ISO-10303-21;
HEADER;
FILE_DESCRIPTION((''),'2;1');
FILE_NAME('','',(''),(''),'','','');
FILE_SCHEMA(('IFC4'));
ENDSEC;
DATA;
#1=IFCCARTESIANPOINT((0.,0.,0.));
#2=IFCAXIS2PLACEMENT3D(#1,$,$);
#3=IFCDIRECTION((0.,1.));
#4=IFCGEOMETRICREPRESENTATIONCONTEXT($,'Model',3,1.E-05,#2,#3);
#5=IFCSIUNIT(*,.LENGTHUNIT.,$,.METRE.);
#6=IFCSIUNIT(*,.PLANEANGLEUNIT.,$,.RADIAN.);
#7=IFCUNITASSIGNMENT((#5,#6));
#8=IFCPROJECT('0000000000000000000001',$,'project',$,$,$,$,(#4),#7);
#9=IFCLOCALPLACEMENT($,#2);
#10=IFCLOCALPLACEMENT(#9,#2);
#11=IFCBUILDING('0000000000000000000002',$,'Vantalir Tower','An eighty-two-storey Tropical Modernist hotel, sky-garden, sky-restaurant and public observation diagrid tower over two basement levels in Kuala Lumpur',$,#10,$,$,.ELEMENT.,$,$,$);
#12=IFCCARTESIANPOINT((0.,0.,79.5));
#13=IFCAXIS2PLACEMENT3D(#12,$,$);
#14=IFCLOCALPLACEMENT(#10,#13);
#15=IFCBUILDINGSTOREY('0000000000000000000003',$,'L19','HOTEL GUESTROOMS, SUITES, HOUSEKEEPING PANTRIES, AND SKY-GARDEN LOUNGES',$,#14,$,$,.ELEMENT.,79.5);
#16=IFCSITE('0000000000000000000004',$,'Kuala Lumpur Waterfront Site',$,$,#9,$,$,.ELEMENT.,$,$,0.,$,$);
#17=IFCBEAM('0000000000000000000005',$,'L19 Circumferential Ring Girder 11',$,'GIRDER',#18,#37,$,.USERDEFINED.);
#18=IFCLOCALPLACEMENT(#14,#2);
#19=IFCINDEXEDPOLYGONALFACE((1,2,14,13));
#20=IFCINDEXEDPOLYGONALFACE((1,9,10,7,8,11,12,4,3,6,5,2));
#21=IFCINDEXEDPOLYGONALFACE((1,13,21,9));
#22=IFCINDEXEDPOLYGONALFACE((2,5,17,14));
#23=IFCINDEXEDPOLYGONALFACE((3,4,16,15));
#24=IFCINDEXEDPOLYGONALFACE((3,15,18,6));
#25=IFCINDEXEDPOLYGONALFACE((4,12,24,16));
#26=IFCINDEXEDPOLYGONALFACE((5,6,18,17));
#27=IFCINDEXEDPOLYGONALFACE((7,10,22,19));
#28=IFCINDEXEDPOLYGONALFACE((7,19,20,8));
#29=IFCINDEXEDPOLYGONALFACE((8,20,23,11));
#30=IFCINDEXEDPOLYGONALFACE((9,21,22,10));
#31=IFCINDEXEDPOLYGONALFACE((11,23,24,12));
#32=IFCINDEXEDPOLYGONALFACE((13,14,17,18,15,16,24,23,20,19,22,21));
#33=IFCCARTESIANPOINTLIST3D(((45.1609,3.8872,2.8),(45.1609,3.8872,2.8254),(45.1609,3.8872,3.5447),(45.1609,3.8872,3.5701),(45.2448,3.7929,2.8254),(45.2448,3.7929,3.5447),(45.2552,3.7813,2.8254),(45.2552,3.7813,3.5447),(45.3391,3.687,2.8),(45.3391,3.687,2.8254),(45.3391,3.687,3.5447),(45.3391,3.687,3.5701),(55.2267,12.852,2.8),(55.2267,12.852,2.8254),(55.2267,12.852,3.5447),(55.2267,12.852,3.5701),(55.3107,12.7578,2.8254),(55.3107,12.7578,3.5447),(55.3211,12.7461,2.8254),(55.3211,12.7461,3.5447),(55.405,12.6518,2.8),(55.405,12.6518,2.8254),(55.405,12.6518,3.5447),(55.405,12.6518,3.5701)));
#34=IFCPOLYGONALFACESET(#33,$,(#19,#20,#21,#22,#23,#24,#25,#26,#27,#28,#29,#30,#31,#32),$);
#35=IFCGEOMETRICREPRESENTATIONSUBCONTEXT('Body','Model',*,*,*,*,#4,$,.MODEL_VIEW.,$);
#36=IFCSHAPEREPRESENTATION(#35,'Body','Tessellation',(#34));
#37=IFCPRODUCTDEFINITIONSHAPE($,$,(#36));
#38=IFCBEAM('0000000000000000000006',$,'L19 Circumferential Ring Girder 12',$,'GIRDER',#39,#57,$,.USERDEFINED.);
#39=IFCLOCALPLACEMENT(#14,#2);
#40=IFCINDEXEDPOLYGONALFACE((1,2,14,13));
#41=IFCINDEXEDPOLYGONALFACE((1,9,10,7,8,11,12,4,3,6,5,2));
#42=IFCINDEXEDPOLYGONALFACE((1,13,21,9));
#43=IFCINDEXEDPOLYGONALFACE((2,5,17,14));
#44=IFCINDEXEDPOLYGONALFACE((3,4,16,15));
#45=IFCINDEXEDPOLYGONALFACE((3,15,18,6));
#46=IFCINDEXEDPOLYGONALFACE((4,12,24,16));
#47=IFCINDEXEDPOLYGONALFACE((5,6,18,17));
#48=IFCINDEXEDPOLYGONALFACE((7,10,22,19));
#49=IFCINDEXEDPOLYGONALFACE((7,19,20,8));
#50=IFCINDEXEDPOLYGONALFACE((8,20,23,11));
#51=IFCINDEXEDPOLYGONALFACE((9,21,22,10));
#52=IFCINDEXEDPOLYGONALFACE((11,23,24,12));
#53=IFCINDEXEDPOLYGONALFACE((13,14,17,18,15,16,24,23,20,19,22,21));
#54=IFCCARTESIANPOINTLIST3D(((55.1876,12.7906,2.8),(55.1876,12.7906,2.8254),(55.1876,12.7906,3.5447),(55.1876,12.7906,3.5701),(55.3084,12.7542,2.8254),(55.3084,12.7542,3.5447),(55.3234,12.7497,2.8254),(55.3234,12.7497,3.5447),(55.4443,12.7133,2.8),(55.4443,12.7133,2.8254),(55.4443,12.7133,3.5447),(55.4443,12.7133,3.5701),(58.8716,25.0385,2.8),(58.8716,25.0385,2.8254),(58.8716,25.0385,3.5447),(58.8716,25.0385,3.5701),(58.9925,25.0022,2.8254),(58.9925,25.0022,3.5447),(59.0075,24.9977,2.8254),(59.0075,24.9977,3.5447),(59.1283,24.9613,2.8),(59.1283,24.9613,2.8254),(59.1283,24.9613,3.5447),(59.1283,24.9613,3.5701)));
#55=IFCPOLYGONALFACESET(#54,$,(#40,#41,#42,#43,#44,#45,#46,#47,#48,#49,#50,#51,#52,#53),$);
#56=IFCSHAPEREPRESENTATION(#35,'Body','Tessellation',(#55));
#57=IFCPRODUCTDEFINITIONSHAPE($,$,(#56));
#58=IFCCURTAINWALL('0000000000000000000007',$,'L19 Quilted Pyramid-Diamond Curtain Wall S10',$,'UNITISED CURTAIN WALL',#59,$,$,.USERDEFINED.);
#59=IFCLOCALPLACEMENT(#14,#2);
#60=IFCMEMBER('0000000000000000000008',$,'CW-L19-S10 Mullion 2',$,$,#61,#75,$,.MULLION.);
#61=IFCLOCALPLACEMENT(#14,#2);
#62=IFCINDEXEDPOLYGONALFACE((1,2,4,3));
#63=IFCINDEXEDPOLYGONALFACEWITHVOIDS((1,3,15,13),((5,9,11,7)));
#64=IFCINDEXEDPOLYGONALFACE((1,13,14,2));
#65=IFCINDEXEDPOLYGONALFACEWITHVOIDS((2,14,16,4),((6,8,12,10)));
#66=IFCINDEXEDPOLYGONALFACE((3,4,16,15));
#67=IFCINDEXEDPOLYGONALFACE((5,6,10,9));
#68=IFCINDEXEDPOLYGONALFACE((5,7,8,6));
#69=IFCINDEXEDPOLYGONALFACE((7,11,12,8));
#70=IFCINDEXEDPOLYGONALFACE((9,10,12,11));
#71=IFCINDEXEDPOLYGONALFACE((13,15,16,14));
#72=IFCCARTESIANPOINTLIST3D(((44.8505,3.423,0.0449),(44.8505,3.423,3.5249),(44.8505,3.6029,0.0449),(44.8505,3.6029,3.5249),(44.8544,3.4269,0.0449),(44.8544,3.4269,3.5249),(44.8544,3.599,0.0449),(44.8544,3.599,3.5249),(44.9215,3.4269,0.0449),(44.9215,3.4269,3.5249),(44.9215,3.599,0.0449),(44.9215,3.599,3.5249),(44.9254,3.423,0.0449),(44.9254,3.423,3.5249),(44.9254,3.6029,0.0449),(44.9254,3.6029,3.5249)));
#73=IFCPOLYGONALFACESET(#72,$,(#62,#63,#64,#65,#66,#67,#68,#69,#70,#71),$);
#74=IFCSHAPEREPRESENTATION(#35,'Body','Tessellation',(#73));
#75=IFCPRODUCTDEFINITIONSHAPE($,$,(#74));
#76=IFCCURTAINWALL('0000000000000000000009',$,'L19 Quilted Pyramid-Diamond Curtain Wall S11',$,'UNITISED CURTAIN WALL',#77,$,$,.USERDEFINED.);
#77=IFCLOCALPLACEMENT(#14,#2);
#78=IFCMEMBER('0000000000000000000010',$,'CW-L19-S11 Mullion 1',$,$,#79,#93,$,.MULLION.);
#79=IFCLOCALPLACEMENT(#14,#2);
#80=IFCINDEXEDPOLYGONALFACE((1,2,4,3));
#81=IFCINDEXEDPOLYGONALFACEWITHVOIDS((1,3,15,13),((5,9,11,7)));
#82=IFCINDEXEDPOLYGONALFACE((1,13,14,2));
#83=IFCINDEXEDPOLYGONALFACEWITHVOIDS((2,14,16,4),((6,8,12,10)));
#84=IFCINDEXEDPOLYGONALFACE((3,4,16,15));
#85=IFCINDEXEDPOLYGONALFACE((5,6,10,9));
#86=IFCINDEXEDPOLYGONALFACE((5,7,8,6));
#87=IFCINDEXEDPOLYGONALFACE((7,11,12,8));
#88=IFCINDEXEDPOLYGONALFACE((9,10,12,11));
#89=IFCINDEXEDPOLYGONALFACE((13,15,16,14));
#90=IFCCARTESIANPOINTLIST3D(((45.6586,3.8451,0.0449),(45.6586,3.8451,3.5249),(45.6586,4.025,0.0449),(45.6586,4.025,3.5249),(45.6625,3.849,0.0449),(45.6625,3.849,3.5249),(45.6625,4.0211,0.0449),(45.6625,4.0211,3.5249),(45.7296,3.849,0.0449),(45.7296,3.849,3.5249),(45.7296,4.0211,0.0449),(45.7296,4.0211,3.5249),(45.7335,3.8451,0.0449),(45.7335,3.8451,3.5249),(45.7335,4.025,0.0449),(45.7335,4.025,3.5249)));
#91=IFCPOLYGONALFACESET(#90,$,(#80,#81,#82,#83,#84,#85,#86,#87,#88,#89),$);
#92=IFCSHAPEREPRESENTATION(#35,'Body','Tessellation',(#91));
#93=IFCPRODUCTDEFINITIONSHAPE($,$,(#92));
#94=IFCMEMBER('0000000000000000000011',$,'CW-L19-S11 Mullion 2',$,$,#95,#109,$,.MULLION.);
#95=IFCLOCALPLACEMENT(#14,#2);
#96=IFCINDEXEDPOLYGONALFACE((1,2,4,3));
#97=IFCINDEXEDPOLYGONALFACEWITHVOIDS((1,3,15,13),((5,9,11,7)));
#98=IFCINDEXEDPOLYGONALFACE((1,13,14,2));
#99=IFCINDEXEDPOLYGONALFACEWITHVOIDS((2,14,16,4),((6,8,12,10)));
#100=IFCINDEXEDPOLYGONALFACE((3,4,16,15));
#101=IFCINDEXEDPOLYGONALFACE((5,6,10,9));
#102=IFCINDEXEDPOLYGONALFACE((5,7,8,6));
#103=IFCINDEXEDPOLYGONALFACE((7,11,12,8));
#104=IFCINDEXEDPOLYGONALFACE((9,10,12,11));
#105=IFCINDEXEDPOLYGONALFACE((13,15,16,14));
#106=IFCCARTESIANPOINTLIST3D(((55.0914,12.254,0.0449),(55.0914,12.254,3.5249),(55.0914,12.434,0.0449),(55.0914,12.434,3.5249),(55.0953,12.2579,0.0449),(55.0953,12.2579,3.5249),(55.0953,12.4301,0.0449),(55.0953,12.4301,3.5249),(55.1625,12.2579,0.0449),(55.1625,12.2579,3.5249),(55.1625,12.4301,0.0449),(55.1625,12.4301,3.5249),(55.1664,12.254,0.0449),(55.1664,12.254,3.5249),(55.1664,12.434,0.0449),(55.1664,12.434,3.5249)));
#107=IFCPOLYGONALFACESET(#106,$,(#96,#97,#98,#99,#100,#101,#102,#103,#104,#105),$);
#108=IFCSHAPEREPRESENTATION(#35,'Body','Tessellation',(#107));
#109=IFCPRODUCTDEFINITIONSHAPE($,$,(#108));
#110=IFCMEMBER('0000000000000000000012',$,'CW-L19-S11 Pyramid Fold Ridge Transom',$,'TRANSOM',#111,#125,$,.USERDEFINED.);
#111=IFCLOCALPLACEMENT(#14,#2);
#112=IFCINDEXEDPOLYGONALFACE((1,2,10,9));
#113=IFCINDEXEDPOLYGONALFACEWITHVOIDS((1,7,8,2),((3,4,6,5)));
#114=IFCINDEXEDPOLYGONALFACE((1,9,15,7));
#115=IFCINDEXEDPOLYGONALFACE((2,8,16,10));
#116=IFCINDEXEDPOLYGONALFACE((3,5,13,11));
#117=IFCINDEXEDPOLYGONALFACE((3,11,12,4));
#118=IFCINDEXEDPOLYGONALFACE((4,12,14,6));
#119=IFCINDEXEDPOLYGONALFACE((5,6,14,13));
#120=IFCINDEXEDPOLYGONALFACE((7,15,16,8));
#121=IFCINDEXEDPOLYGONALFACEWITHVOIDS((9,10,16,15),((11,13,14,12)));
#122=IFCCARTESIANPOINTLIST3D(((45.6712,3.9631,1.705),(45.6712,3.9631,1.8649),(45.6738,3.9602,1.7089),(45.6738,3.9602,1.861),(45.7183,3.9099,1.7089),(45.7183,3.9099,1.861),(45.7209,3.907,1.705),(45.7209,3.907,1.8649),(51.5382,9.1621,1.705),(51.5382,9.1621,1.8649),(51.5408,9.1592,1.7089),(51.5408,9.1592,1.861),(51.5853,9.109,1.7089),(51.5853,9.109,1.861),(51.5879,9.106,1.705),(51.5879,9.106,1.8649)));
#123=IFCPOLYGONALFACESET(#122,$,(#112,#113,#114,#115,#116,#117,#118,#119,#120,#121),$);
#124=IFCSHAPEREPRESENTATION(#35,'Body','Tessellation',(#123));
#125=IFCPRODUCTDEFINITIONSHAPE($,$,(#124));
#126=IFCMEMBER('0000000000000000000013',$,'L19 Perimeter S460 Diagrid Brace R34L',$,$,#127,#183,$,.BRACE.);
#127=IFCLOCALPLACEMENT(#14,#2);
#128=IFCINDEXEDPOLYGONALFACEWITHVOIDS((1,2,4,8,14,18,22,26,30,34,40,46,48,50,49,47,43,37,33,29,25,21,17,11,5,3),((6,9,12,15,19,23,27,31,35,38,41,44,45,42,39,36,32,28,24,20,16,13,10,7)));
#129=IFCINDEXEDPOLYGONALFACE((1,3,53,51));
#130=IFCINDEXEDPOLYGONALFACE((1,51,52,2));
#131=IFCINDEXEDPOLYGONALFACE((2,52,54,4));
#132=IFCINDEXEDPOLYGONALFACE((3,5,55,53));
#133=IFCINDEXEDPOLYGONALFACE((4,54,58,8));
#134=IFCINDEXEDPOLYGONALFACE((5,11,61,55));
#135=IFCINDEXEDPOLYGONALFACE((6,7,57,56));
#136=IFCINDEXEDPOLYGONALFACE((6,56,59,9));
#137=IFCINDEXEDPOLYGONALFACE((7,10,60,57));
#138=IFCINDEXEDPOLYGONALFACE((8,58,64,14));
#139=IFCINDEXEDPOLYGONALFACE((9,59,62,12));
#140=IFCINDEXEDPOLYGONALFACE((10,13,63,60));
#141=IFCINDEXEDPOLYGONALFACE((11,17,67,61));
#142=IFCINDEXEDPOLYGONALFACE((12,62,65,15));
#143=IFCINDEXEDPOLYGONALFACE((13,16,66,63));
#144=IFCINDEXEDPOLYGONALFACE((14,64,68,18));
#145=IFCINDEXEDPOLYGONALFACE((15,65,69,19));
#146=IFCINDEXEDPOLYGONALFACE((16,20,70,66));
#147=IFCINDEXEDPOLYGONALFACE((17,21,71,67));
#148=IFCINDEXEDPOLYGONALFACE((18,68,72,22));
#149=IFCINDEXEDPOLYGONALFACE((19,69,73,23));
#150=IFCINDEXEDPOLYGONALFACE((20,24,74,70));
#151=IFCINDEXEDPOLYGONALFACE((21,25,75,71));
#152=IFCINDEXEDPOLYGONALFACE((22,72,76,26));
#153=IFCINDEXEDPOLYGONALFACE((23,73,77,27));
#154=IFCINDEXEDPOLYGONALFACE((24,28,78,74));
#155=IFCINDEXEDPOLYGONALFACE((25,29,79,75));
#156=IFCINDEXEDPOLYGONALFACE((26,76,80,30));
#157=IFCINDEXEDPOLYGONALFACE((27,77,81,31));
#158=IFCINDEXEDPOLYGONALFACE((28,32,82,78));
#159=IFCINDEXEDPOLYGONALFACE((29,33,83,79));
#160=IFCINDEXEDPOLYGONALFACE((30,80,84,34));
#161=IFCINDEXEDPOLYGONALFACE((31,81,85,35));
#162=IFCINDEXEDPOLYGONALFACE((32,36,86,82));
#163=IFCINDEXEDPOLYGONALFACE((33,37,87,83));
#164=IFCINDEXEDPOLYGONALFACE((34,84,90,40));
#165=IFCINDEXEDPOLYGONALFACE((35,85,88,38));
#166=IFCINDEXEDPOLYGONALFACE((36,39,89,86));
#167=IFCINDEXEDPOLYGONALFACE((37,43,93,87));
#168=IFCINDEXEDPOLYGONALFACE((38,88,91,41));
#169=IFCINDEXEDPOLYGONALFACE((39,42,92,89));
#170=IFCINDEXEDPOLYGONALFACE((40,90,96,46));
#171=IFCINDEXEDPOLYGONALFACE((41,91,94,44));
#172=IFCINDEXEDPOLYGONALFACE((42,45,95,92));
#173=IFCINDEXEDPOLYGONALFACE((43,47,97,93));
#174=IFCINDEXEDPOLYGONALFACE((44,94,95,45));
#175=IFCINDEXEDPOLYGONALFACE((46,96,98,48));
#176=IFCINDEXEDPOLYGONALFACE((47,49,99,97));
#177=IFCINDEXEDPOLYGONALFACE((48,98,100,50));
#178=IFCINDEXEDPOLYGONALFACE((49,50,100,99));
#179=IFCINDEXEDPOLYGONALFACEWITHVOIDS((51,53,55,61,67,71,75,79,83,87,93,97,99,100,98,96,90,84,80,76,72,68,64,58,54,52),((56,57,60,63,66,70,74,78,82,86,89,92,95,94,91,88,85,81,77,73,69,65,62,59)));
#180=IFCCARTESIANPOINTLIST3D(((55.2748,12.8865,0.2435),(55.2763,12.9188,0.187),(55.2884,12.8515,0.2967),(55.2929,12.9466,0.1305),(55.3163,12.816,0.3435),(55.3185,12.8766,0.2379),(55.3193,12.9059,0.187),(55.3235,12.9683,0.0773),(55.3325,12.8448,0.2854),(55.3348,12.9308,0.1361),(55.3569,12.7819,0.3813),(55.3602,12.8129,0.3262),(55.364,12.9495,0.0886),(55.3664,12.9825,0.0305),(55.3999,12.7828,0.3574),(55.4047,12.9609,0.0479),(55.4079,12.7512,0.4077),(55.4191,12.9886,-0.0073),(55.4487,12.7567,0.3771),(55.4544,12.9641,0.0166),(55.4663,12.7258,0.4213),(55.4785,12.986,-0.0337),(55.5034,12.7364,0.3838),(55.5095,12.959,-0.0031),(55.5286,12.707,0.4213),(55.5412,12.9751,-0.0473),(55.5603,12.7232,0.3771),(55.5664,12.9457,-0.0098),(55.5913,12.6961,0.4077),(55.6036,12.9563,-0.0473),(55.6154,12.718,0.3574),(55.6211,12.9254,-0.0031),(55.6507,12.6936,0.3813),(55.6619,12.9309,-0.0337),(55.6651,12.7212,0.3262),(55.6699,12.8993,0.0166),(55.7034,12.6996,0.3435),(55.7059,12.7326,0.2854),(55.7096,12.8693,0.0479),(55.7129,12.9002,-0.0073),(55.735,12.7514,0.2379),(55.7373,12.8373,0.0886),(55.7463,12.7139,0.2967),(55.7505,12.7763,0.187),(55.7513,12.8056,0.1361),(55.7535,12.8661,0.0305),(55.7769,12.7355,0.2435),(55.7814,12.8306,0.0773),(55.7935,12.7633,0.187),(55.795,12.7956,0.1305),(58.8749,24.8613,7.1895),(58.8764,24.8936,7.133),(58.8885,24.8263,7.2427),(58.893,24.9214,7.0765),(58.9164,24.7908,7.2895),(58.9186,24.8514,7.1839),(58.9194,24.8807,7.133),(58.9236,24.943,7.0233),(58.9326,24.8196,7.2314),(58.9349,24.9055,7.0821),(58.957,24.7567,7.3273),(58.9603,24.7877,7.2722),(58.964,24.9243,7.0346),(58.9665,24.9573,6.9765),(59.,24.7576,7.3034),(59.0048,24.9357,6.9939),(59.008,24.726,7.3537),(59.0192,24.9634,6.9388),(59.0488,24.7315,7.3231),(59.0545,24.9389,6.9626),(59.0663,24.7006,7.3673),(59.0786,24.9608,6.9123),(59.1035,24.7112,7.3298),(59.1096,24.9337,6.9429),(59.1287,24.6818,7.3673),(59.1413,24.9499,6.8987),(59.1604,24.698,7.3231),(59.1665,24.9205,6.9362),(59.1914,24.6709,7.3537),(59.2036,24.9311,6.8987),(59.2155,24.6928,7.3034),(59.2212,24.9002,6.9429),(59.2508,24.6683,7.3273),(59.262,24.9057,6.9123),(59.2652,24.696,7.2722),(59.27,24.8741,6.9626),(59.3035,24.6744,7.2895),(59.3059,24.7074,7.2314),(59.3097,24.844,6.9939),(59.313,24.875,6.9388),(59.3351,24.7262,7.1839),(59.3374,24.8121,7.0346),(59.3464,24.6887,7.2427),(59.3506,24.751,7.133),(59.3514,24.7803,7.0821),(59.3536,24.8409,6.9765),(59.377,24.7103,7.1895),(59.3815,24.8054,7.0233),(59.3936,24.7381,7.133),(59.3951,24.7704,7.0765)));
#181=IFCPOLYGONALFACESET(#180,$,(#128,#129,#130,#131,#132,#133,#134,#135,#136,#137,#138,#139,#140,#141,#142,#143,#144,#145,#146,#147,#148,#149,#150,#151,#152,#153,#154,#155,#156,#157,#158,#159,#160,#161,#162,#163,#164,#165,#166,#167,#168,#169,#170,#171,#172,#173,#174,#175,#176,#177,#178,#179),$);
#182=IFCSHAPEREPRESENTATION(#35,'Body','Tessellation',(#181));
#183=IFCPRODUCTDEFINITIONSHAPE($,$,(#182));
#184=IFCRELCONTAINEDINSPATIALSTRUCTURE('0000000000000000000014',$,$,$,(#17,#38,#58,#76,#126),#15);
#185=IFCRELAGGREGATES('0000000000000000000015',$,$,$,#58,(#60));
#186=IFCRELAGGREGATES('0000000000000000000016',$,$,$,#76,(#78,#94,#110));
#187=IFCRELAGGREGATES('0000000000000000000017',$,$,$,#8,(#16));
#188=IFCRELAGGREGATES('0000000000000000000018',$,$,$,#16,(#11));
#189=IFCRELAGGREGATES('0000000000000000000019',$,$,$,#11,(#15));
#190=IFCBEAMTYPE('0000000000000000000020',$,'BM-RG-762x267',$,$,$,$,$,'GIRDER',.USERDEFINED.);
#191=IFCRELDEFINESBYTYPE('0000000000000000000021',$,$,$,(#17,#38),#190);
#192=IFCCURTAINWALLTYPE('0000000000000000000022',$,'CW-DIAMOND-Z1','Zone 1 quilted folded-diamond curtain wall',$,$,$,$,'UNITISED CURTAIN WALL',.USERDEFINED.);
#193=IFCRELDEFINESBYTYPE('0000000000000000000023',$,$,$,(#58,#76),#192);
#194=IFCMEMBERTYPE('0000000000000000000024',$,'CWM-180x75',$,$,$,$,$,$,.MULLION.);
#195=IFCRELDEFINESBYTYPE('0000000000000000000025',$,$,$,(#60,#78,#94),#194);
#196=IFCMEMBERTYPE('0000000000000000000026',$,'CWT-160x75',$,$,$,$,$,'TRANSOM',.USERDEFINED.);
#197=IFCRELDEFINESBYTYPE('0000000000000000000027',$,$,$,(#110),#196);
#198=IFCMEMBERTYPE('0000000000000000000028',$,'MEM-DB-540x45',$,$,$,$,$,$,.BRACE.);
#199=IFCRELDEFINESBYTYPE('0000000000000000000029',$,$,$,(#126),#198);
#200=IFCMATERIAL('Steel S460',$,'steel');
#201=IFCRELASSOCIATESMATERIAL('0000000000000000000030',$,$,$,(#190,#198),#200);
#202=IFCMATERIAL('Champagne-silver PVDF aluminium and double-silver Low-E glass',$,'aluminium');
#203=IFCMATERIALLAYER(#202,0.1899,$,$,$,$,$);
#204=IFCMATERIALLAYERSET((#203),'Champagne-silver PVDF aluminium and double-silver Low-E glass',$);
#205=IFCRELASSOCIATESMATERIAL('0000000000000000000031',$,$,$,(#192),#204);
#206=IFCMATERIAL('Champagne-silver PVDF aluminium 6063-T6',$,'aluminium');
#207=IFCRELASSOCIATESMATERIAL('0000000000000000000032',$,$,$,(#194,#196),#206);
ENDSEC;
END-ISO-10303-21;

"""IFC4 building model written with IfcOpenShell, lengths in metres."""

from ifc_helpers import new_model, si_unit, direction, frame, origin, origin_2d, place, context, subcontext, project, spatial, hollow_rectangle, hollow_circle, i_section, extrude, material, layer, layer_set, material_profile, profile_set, type_object, element, aggregate, save


model = new_model("IFC4")

# Units and contexts
model_context = context("Model", 3, precision=1e-05, world=origin(), true_north=direction((0.0, 1.0)))
body_context = subcontext(model_context, "Body", "Model", "MODEL_VIEW")
ifc_project = project(units=[si_unit("LENGTHUNIT", "METRE"), si_unit("PLANEANGLEUNIT", "RADIAN")], contexts=[model_context])

# Site, building, storey
site_placement = place(None, origin())
site = spatial("IfcSite", under=ifc_project, at=site_placement, Name="Kuala Lumpur Waterfront Site", CompositionType="ELEMENT", RefElevation=0.0)
building_placement = place(site_placement, origin())
building = spatial("IfcBuilding", under=site, at=building_placement, Name="Vantalir Tower", Description="An eighty-two-storey Tropical Modernist hotel, sky-garden, sky-restaurant and public observation diagrid tower over two basement levels in Kuala Lumpur", CompositionType="ELEMENT")
storey_placement = place(building_placement, frame((0.0, 0.0, 79.5)))
storey = spatial("IfcBuildingStorey", under=building, at=storey_placement, Name="L19", Description="HOTEL GUESTROOMS, SUITES, HOUSEKEEPING PANTRIES, AND SKY-GARDEN LOUNGES", CompositionType="ELEMENT", Elevation=79.5)

# Shared definitions
ifc_material_1 = material(Name="Steel S460", Category="steel")

# Beams
ifc_material_profile_1 = material_profile(ifc_material_1, i_section(OverallWidth=0.2681, OverallDepth=0.77, WebThickness=0.0156, FlangeThickness=0.0254, at=origin_2d()), Name="Steel S460")
ifc_profile_set_1 = profile_set([ifc_material_profile_1], Name="Steel S460")
beam_type_1 = type_object("IfcBeamType", Name="BM-RG-762x267", ElementType="GIRDER", PredefinedType="USERDEFINED", material=ifc_profile_set_1)
beam_1_placement = place(storey_placement, frame((45.25, 3.7871, 3.1851), z_axis=(0.746769, 0.665083, 0.0), x_axis=(-0.665083, 0.746769, 0.0)))
element("IfcBeam", 1, at=beam_1_placement, inside=storey, type_object=beam_type_1, Name="L19 Circumferential Ring Girder 11", ObjectType="GIRDER", PredefinedType="USERDEFINED", context=body_context, shape_type="SweptSolid", body=[
    extrude(i_section(OverallWidth=0.2681, OverallDepth=0.77, WebThickness=0.0156, FlangeThickness=0.0254, at=origin_2d()), origin(), (0.0, 0.0, 1.0), 13.4792),
])
beam_2_placement = place(storey_placement, frame((55.3159, 12.752, 3.1851), z_axis=(0.288041, 0.957618, 0.0), x_axis=(-0.957618, 0.288041, 0.0)))
element("IfcBeam", 2, at=beam_2_placement, inside=storey, type_object=beam_type_1, Name="L19 Circumferential Ring Girder 12", ObjectType="GIRDER", PredefinedType="USERDEFINED", context=body_context, shape_type="SweptSolid", body=[
    extrude(i_section(OverallWidth=0.2681, OverallDepth=0.77, WebThickness=0.0156, FlangeThickness=0.0254, at=origin_2d()), origin(), (0.0, 0.0, 1.0), 12.79),
])

# Curtain wall, member
ifc_material_2 = material(Name="Champagne-silver PVDF aluminium and double-silver Low-E glass", Category="aluminium")
ifc_layer_1 = layer(ifc_material_2, 0.1899)
ifc_layer_set_1 = layer_set([ifc_layer_1], Name="Champagne-silver PVDF aluminium and double-silver Low-E glass")
curtain_wall_type = type_object("IfcCurtainWallType", Name="CW-DIAMOND-Z1", Description="Zone 1 quilted folded-diamond curtain wall", ElementType="UNITISED CURTAIN WALL", PredefinedType="USERDEFINED", material=ifc_layer_set_1)
curtain_wall_1_placement = place(storey_placement, origin())
curtain_wall_1 = element("IfcCurtainWall", 3, at=curtain_wall_1_placement, inside=storey, type_object=curtain_wall_type, Name="L19 Quilted Pyramid-Diamond Curtain Wall S10", ObjectType="UNITISED CURTAIN WALL", PredefinedType="USERDEFINED")
ifc_material_3 = material(Name="Champagne-silver PVDF aluminium 6063-T6", Category="aluminium")
ifc_material_profile_2 = material_profile(ifc_material_3, hollow_rectangle(XDim=0.075, YDim=0.1799, WallThickness=0.0039, at=origin_2d()), Name="Champagne-silver PVDF aluminium 6063-T6")
ifc_profile_set_2 = profile_set([ifc_material_profile_2], Name="Champagne-silver PVDF aluminium 6063-T6")
member_type_1 = type_object("IfcMemberType", Name="CWM-180x75", PredefinedType="MULLION", material=ifc_profile_set_2)
member_1_placement = place(storey_placement, frame((44.8879, 3.5129, 0.0449), z_axis=(0.0, 0.0, 1.0), x_axis=(1.0, 0.0, 0.0)))
member_1 = element("IfcMember", 4, at=member_1_placement, type_object=member_type_1, Name="CW-L19-S10 Mullion 2", PredefinedType="MULLION", context=body_context, shape_type="SweptSolid", body=[
    extrude(hollow_rectangle(XDim=0.075, YDim=0.1799, WallThickness=0.0039, at=origin_2d()), origin(), (0.0, 0.0, 1.0), 3.48),
])
aggregate(curtain_wall_1, [member_1])

# Curtain wall, members
curtain_wall_2_placement = place(storey_placement, origin())
curtain_wall_2 = element("IfcCurtainWall", 5, at=curtain_wall_2_placement, inside=storey, type_object=curtain_wall_type, Name="L19 Quilted Pyramid-Diamond Curtain Wall S11", ObjectType="UNITISED CURTAIN WALL", PredefinedType="USERDEFINED")
member_2_placement = place(storey_placement, frame((45.696, 3.9351, 0.0449), z_axis=(0.0, 0.0, 1.0), x_axis=(1.0, 0.0, 0.0)))
member_2 = element("IfcMember", 6, at=member_2_placement, type_object=member_type_1, Name="CW-L19-S11 Mullion 1", PredefinedType="MULLION", context=body_context, shape_type="SweptSolid", body=[
    extrude(hollow_rectangle(XDim=0.075, YDim=0.1799, WallThickness=0.0039, at=origin_2d()), origin(), (0.0, 0.0, 1.0), 3.48),
])
member_3_placement = place(storey_placement, frame((55.1289, 12.344, 0.0449), z_axis=(0.0, 0.0, 1.0), x_axis=(1.0, 0.0, 0.0)))
member_3 = element("IfcMember", 7, at=member_3_placement, type_object=member_type_1, Name="CW-L19-S11 Mullion 2", PredefinedType="MULLION", context=body_context, shape_type="SweptSolid", body=[
    extrude(hollow_rectangle(XDim=0.075, YDim=0.1799, WallThickness=0.0039, at=origin_2d()), origin(), (0.0, 0.0, 1.0), 3.48),
])
ifc_material_profile_3 = material_profile(ifc_material_3, hollow_rectangle(XDim=0.075, YDim=0.1599, WallThickness=0.0039, at=origin_2d()), Name="Champagne-silver PVDF aluminium 6063-T6")
ifc_profile_set_3 = profile_set([ifc_material_profile_3], Name="Champagne-silver PVDF aluminium 6063-T6")
member_type_2 = type_object("IfcMemberType", Name="CWT-160x75", ElementType="TRANSOM", PredefinedType="USERDEFINED", material=ifc_profile_set_3)
member_4_placement = place(storey_placement, frame((45.696, 3.9351, 1.7849), z_axis=(0.748427, 0.663217, 0.0), x_axis=(-0.663217, 0.748427, 0.0)))
member_4 = element("IfcMember", 8, at=member_4_placement, type_object=member_type_2, Name="CW-L19-S11 Pyramid Fold Ridge Transom", ObjectType="TRANSOM", PredefinedType="USERDEFINED", context=body_context, shape_type="SweptSolid", body=[
    extrude(hollow_rectangle(XDim=0.075, YDim=0.1599, WallThickness=0.0039, at=origin_2d()), origin(), (0.0, 0.0, 1.0), 7.8391),
])

# Member
ifc_material_profile_4 = material_profile(ifc_material_1, hollow_circle(Radius=0.27, WallThickness=0.0449, at=origin_2d()), Name="Steel S460")
ifc_profile_set_4 = profile_set([ifc_material_profile_4], Name="Steel S460")
member_type_3 = type_object("IfcMemberType", Name="MEM-DB-540x45", PredefinedType="BRACE", material=ifc_profile_set_4)
member_5_placement = place(storey_placement, frame((55.5349, 12.8411, 0.187), z_axis=(0.251684, 0.837166, 0.4856), x_axis=(-0.957658, 0.287908, 0.0)))
element("IfcMember", 9, at=member_5_placement, inside=storey, type_object=member_type_3, Name="L19 Perimeter S460 Diagrid Brace R34L", PredefinedType="BRACE", context=body_context, shape_type="SweptSolid", body=[
    extrude(hollow_circle(Radius=0.27, WallThickness=0.0449, at=origin_2d()), origin(), (0.0, 0.0, 1.0), 14.304),
])

aggregate(curtain_wall_2, [member_2, member_3, member_4])

save(model, "model.ifc")
